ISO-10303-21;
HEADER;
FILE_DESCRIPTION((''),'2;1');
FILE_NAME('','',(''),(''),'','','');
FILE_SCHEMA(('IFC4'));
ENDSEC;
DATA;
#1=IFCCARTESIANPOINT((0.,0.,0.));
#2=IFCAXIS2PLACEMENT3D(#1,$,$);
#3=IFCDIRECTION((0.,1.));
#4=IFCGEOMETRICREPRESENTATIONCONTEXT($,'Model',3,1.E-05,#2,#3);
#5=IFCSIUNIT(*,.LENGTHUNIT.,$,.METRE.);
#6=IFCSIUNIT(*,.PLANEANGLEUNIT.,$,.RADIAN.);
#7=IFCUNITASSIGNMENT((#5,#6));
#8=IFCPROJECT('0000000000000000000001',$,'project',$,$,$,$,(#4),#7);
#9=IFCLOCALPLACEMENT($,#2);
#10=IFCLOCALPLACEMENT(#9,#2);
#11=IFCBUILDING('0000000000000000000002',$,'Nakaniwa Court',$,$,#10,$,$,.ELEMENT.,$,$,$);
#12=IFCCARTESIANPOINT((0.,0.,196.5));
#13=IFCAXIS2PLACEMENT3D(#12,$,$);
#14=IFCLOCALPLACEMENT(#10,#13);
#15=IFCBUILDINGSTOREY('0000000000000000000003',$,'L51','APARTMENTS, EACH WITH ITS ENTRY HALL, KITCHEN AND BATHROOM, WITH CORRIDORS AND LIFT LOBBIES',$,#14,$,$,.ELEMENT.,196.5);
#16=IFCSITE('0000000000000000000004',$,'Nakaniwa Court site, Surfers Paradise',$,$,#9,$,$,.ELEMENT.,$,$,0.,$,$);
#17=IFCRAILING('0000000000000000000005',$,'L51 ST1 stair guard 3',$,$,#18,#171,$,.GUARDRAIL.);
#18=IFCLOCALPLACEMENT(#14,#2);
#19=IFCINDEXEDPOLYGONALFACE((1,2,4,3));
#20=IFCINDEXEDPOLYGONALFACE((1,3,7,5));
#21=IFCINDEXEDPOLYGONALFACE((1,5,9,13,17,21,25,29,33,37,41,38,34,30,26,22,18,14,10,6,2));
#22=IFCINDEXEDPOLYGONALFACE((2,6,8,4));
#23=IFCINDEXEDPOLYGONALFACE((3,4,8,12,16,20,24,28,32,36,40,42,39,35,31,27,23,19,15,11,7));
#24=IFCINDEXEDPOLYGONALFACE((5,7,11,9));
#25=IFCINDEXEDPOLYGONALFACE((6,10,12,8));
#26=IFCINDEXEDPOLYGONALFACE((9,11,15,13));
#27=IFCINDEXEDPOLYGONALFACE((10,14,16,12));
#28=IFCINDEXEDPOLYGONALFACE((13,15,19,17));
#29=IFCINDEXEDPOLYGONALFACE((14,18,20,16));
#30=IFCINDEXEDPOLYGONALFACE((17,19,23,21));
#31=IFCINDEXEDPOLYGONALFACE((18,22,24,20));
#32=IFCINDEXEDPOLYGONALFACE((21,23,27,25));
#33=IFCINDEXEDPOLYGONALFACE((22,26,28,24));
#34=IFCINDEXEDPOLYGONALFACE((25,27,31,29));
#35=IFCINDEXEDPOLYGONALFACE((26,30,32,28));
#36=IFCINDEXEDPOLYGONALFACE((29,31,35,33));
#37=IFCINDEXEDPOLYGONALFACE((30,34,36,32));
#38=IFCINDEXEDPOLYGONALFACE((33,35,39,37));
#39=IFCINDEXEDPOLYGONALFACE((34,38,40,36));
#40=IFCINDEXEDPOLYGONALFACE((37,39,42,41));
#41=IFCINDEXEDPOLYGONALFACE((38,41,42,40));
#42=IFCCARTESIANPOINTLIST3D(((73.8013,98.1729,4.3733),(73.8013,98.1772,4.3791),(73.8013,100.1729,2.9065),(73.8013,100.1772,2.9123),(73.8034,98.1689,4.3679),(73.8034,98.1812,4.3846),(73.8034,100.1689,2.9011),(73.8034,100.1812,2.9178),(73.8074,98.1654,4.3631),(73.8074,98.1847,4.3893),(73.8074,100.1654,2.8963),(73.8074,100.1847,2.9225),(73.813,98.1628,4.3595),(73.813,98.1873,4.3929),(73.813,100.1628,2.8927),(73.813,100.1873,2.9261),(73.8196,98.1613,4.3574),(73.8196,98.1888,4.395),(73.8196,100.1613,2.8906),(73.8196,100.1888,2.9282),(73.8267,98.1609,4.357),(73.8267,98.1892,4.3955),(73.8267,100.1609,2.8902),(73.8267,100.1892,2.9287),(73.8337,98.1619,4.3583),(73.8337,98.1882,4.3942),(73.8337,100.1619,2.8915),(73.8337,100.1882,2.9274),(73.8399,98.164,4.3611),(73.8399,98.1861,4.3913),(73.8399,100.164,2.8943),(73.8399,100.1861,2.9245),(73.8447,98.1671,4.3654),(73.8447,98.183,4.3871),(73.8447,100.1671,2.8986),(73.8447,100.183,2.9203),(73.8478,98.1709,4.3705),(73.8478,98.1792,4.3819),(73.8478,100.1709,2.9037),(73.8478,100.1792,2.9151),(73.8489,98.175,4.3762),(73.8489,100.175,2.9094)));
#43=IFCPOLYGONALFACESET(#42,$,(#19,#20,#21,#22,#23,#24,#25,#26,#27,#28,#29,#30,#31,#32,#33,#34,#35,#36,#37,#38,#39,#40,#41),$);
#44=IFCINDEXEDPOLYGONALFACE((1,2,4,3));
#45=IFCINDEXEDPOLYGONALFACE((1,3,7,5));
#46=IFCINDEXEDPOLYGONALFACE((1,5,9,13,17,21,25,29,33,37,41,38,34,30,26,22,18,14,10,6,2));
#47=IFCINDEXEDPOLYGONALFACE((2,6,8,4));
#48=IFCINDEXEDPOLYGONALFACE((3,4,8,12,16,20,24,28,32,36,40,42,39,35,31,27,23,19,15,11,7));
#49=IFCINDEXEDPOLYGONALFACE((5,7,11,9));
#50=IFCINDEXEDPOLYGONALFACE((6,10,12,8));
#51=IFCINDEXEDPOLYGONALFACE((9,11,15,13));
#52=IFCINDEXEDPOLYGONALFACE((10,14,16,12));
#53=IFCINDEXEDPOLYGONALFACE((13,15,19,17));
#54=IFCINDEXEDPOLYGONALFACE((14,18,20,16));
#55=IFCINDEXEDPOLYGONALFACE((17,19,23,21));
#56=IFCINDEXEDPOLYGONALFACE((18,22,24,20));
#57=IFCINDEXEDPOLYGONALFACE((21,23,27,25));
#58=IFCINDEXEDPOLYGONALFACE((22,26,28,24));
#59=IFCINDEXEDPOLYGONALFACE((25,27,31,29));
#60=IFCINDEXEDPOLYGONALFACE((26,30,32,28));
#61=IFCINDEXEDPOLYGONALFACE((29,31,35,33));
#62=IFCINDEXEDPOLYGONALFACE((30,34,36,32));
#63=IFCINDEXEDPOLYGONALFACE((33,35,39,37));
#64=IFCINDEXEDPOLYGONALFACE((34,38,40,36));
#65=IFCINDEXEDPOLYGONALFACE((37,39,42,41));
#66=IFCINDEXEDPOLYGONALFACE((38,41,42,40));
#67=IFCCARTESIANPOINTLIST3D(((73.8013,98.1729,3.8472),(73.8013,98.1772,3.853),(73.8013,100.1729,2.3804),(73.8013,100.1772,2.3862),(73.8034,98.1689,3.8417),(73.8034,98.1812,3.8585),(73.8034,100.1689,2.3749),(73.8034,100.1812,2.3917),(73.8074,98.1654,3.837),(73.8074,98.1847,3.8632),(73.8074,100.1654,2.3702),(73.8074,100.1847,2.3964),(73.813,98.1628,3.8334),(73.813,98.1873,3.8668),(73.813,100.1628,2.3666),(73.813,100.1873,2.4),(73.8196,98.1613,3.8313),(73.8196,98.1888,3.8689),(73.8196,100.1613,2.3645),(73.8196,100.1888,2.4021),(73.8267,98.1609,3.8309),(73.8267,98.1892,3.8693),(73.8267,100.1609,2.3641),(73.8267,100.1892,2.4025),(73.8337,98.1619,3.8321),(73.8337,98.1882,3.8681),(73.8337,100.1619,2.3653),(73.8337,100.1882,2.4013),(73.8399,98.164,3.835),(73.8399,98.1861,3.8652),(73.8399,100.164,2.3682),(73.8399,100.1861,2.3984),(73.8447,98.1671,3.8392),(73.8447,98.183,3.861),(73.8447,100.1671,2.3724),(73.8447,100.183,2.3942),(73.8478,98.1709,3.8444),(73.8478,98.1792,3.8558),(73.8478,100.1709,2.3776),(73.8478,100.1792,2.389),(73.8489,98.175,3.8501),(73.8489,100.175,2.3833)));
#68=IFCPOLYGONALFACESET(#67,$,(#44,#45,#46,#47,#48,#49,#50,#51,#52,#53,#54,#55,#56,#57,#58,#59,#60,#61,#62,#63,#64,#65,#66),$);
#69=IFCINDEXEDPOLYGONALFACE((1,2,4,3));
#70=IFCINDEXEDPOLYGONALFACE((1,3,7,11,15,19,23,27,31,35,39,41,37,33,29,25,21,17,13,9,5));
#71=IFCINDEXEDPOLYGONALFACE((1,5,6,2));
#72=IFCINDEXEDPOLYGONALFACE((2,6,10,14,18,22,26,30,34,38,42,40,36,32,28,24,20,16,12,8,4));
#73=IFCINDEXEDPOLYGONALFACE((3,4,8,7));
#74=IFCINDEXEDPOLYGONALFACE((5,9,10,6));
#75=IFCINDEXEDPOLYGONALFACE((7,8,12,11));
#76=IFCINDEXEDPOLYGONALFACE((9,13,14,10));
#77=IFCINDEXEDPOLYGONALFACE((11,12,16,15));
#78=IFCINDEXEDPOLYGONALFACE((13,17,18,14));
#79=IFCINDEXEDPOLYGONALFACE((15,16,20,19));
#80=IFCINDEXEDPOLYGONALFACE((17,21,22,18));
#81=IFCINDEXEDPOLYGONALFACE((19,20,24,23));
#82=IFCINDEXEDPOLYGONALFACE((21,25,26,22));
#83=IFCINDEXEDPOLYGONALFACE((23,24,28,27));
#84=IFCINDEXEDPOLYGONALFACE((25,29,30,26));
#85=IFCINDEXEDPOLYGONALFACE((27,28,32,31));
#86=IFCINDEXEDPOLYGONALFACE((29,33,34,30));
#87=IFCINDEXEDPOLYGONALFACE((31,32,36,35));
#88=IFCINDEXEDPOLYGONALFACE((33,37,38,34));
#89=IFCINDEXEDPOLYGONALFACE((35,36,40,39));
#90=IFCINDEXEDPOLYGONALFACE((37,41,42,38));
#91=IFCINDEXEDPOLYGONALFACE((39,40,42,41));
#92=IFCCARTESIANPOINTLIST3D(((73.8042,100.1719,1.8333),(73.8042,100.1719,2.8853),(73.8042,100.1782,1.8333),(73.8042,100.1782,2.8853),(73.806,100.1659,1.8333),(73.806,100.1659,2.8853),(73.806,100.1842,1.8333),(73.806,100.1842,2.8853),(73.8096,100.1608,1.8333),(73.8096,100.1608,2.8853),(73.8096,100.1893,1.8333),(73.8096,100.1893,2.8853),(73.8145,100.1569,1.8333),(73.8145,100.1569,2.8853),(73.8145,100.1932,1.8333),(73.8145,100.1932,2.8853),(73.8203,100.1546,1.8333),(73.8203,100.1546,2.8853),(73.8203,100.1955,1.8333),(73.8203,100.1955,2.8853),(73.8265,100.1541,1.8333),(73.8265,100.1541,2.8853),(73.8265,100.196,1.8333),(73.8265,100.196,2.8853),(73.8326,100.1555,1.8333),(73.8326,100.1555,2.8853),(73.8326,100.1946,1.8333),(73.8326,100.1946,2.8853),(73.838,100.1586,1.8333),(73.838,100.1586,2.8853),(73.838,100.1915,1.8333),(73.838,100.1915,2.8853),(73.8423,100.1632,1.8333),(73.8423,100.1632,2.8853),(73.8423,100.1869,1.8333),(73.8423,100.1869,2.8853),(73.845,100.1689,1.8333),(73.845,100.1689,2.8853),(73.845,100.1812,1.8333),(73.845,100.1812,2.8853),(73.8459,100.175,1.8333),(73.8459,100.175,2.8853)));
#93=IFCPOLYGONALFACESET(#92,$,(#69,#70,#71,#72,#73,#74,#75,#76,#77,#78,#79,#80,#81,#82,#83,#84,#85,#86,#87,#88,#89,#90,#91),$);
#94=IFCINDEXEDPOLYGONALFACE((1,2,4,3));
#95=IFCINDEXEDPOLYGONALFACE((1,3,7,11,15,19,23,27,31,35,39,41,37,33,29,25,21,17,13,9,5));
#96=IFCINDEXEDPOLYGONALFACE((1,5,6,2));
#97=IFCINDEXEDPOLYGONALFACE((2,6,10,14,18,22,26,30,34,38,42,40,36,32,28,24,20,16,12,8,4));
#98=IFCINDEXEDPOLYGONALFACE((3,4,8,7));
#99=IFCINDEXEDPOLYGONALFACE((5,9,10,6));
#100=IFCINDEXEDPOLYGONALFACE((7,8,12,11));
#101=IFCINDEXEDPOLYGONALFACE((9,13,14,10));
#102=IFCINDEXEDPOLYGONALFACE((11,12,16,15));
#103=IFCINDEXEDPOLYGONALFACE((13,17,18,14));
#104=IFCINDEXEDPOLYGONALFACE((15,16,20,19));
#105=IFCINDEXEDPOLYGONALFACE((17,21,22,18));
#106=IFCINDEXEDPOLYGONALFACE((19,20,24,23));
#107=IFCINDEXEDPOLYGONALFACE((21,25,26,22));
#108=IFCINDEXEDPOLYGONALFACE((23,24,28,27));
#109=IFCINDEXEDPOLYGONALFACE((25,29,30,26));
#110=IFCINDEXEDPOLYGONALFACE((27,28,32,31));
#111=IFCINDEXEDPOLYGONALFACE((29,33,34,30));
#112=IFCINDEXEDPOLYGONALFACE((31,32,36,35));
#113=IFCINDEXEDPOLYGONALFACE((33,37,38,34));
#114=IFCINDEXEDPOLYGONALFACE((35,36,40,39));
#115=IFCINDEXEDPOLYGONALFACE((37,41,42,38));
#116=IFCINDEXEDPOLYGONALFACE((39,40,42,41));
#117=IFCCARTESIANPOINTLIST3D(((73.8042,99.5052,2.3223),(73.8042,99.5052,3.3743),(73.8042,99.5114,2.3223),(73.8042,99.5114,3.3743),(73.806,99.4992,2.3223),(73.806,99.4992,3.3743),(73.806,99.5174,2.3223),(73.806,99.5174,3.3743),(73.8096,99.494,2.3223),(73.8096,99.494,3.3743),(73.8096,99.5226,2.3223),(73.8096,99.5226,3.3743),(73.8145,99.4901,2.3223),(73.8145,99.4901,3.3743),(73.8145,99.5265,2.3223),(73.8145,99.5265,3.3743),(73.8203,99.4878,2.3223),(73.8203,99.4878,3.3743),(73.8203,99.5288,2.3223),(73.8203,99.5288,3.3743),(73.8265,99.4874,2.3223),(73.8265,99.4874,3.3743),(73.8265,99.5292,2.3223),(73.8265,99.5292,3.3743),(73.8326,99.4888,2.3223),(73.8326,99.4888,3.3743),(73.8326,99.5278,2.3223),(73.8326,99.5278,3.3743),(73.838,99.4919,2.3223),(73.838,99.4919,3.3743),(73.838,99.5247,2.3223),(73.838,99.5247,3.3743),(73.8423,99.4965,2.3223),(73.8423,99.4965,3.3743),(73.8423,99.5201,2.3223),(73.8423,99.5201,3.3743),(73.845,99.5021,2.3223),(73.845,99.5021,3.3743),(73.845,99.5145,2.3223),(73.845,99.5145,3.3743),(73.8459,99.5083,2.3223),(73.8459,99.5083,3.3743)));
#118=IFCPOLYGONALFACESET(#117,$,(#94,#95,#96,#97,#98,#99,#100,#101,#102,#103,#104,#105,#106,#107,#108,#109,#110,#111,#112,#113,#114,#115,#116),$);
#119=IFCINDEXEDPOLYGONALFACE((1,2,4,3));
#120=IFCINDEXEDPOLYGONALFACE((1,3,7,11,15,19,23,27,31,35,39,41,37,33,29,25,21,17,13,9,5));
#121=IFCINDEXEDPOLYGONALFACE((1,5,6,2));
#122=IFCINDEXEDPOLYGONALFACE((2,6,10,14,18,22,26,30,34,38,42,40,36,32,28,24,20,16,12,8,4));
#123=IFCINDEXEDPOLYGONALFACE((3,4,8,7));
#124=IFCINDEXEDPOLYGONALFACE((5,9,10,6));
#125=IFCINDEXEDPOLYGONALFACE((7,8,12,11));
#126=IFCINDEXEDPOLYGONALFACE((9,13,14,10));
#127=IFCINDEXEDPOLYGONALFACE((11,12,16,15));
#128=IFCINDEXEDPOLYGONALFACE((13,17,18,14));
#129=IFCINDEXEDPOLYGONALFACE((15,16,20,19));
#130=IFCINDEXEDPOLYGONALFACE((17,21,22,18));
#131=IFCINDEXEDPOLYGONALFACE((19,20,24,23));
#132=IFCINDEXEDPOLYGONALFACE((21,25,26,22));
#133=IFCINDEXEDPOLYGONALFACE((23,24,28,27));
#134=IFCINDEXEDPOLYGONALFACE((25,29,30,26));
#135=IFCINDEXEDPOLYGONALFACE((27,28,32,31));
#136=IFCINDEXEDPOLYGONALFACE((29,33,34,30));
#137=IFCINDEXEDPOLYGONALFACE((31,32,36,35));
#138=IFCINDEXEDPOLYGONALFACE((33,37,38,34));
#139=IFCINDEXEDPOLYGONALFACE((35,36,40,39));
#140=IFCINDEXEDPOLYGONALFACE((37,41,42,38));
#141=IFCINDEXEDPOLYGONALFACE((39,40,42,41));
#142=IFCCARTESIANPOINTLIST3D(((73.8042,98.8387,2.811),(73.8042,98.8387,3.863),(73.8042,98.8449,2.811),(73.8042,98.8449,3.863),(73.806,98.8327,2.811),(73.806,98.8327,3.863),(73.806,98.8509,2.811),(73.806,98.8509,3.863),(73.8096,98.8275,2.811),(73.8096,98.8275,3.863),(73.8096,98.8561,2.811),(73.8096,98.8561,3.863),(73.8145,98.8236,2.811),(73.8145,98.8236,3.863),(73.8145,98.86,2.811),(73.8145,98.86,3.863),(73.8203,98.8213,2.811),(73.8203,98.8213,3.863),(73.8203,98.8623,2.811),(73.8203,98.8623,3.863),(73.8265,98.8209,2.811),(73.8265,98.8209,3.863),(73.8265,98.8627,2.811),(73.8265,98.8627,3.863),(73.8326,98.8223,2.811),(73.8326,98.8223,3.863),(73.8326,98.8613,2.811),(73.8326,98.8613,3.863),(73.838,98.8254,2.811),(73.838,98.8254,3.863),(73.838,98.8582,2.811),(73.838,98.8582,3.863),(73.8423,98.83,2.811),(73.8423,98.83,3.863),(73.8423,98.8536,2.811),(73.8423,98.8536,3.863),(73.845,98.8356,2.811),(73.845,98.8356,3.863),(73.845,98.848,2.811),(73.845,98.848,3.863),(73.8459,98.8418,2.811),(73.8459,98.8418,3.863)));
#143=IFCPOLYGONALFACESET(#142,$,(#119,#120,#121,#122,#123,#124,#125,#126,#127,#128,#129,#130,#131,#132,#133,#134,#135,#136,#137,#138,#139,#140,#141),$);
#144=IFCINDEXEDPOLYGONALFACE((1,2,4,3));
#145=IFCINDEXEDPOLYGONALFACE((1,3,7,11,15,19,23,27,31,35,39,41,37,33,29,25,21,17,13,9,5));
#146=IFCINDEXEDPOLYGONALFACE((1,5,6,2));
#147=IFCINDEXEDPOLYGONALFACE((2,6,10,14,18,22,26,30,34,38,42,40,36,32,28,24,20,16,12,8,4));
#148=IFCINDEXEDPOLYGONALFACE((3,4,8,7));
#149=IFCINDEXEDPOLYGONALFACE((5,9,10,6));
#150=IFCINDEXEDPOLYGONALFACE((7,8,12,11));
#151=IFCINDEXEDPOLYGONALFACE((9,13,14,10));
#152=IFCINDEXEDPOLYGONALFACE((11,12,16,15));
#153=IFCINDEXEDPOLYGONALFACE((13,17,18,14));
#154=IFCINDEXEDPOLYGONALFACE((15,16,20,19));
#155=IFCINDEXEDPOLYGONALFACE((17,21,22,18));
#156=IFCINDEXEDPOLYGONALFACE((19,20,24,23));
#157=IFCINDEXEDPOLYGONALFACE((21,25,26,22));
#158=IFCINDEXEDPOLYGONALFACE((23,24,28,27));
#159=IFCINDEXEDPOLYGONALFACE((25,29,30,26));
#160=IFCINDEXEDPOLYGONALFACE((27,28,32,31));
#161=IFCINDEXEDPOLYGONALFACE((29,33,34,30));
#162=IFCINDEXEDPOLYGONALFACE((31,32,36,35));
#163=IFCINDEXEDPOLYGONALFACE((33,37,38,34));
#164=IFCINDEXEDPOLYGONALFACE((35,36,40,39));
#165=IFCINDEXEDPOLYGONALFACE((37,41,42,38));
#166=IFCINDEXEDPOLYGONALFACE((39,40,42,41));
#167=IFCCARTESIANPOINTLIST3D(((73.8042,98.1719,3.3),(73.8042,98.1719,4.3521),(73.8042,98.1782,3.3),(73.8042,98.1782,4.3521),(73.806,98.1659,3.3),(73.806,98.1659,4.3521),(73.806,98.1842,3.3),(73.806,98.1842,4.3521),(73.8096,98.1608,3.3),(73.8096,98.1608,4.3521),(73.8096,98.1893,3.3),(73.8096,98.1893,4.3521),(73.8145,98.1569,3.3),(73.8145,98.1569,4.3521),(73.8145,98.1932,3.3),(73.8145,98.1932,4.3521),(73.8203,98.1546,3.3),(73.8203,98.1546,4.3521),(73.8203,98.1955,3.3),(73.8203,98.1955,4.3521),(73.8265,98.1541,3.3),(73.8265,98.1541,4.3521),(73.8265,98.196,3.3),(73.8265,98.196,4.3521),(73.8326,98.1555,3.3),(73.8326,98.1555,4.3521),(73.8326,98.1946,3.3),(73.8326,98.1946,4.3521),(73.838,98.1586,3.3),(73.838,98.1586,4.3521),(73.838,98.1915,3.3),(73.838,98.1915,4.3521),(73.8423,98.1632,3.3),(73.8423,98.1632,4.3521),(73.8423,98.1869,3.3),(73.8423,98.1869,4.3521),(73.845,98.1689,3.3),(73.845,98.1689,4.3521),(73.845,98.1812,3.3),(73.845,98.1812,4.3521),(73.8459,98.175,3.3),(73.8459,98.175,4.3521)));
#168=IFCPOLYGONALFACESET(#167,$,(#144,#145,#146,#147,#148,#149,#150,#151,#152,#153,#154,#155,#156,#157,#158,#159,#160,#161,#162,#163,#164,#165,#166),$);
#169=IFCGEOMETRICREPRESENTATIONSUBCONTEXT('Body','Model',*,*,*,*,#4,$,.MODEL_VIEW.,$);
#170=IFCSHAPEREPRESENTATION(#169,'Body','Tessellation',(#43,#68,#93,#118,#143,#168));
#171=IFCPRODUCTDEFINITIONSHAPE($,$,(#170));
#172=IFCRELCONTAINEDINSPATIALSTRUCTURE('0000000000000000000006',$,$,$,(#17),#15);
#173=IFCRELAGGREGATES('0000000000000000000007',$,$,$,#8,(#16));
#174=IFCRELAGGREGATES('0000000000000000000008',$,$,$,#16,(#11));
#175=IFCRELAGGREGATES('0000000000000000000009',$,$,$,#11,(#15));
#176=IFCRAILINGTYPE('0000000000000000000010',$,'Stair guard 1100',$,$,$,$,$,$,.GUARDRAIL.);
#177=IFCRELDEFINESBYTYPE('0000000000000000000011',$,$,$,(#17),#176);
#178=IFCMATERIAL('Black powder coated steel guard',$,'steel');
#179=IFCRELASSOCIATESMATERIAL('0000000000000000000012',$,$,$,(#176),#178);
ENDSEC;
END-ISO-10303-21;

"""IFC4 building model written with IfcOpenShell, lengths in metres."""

from ifc_helpers import new_model, si_unit, direction, frame, origin, origin_2d, place, context, subcontext, project, spatial, circle, extrude, material, type_object, element, save


model = new_model("IFC4")

# Units and contexts
model_context = context("Model", 3, precision=1e-05, world=origin(), true_north=direction((0.0, 1.0)))
body_context = subcontext(model_context, "Body", "Model", "MODEL_VIEW")
ifc_project = project(units=[si_unit("LENGTHUNIT", "METRE"), si_unit("PLANEANGLEUNIT", "RADIAN")], contexts=[model_context])

# Site, building, storey
site_placement = place(None, origin())
site = spatial("IfcSite", under=ifc_project, at=site_placement, Name="Nakaniwa Court site, Surfers Paradise", CompositionType="ELEMENT", RefElevation=0.0)
building_placement = place(site_placement, origin())
building = spatial("IfcBuilding", under=site, at=building_placement, Name="Nakaniwa Court", CompositionType="ELEMENT")
storey_placement = place(building_placement, frame((0.0, 0.0, 196.5)))
storey = spatial("IfcBuildingStorey", under=building, at=storey_placement, Name="L51", Description="APARTMENTS, EACH WITH ITS ENTRY HALL, KITCHEN AND BATHROOM, WITH CORRIDORS AND LIFT LOBBIES", CompositionType="ELEMENT", Elevation=196.5)

# Railing
ifc_material_1 = material(Name="Black powder coated steel guard", Category="steel")
railing_type_1 = type_object("IfcRailingType", Name="Stair guard 1100", PredefinedType="GUARDRAIL", material=ifc_material_1)
railing_1_placement = place(storey_placement, frame((73.825, 100.175, 1.8333)))
element("IfcRailing", 1, at=railing_1_placement, inside=storey, type_object=railing_type_1, Name="L51 ST1 stair guard 3", PredefinedType="GUARDRAIL", context=body_context, shape_type="SweptSolid", body=[
    extrude(circle(Radius=0.0239, at=origin_2d()), frame((0.0, 0.0, 1.0762), z_axis=(0.0, -0.80638, 0.591398), x_axis=(1.0, 0.0, 0.0)), (0.0, 0.0, 1.0), 2.4802),
    extrude(circle(Radius=0.0239, at=origin_2d()), frame((0.0, 0.0, 0.55), z_axis=(0.0, -0.80638, 0.591398), x_axis=(1.0, 0.0, 0.0)), (0.0, 0.0, 1.0), 2.4802),
    extrude(circle(Radius=0.021, at=origin_2d()), origin(), (0.0, 0.0, 1.0), 1.052),
    extrude(circle(Radius=0.021, at=origin_2d()), frame((0.0, -0.6667, 0.489)), (0.0, 0.0, 1.0), 1.052),
    extrude(circle(Radius=0.021, at=origin_2d()), frame((0.0, -1.3333, 0.9778)), (0.0, 0.0, 1.0), 1.052),
    extrude(circle(Radius=0.021, at=origin_2d()), frame((0.0, -2.0, 1.4668)), (0.0, 0.0, 1.0), 1.052),
])

save(model, "model.ifc")
